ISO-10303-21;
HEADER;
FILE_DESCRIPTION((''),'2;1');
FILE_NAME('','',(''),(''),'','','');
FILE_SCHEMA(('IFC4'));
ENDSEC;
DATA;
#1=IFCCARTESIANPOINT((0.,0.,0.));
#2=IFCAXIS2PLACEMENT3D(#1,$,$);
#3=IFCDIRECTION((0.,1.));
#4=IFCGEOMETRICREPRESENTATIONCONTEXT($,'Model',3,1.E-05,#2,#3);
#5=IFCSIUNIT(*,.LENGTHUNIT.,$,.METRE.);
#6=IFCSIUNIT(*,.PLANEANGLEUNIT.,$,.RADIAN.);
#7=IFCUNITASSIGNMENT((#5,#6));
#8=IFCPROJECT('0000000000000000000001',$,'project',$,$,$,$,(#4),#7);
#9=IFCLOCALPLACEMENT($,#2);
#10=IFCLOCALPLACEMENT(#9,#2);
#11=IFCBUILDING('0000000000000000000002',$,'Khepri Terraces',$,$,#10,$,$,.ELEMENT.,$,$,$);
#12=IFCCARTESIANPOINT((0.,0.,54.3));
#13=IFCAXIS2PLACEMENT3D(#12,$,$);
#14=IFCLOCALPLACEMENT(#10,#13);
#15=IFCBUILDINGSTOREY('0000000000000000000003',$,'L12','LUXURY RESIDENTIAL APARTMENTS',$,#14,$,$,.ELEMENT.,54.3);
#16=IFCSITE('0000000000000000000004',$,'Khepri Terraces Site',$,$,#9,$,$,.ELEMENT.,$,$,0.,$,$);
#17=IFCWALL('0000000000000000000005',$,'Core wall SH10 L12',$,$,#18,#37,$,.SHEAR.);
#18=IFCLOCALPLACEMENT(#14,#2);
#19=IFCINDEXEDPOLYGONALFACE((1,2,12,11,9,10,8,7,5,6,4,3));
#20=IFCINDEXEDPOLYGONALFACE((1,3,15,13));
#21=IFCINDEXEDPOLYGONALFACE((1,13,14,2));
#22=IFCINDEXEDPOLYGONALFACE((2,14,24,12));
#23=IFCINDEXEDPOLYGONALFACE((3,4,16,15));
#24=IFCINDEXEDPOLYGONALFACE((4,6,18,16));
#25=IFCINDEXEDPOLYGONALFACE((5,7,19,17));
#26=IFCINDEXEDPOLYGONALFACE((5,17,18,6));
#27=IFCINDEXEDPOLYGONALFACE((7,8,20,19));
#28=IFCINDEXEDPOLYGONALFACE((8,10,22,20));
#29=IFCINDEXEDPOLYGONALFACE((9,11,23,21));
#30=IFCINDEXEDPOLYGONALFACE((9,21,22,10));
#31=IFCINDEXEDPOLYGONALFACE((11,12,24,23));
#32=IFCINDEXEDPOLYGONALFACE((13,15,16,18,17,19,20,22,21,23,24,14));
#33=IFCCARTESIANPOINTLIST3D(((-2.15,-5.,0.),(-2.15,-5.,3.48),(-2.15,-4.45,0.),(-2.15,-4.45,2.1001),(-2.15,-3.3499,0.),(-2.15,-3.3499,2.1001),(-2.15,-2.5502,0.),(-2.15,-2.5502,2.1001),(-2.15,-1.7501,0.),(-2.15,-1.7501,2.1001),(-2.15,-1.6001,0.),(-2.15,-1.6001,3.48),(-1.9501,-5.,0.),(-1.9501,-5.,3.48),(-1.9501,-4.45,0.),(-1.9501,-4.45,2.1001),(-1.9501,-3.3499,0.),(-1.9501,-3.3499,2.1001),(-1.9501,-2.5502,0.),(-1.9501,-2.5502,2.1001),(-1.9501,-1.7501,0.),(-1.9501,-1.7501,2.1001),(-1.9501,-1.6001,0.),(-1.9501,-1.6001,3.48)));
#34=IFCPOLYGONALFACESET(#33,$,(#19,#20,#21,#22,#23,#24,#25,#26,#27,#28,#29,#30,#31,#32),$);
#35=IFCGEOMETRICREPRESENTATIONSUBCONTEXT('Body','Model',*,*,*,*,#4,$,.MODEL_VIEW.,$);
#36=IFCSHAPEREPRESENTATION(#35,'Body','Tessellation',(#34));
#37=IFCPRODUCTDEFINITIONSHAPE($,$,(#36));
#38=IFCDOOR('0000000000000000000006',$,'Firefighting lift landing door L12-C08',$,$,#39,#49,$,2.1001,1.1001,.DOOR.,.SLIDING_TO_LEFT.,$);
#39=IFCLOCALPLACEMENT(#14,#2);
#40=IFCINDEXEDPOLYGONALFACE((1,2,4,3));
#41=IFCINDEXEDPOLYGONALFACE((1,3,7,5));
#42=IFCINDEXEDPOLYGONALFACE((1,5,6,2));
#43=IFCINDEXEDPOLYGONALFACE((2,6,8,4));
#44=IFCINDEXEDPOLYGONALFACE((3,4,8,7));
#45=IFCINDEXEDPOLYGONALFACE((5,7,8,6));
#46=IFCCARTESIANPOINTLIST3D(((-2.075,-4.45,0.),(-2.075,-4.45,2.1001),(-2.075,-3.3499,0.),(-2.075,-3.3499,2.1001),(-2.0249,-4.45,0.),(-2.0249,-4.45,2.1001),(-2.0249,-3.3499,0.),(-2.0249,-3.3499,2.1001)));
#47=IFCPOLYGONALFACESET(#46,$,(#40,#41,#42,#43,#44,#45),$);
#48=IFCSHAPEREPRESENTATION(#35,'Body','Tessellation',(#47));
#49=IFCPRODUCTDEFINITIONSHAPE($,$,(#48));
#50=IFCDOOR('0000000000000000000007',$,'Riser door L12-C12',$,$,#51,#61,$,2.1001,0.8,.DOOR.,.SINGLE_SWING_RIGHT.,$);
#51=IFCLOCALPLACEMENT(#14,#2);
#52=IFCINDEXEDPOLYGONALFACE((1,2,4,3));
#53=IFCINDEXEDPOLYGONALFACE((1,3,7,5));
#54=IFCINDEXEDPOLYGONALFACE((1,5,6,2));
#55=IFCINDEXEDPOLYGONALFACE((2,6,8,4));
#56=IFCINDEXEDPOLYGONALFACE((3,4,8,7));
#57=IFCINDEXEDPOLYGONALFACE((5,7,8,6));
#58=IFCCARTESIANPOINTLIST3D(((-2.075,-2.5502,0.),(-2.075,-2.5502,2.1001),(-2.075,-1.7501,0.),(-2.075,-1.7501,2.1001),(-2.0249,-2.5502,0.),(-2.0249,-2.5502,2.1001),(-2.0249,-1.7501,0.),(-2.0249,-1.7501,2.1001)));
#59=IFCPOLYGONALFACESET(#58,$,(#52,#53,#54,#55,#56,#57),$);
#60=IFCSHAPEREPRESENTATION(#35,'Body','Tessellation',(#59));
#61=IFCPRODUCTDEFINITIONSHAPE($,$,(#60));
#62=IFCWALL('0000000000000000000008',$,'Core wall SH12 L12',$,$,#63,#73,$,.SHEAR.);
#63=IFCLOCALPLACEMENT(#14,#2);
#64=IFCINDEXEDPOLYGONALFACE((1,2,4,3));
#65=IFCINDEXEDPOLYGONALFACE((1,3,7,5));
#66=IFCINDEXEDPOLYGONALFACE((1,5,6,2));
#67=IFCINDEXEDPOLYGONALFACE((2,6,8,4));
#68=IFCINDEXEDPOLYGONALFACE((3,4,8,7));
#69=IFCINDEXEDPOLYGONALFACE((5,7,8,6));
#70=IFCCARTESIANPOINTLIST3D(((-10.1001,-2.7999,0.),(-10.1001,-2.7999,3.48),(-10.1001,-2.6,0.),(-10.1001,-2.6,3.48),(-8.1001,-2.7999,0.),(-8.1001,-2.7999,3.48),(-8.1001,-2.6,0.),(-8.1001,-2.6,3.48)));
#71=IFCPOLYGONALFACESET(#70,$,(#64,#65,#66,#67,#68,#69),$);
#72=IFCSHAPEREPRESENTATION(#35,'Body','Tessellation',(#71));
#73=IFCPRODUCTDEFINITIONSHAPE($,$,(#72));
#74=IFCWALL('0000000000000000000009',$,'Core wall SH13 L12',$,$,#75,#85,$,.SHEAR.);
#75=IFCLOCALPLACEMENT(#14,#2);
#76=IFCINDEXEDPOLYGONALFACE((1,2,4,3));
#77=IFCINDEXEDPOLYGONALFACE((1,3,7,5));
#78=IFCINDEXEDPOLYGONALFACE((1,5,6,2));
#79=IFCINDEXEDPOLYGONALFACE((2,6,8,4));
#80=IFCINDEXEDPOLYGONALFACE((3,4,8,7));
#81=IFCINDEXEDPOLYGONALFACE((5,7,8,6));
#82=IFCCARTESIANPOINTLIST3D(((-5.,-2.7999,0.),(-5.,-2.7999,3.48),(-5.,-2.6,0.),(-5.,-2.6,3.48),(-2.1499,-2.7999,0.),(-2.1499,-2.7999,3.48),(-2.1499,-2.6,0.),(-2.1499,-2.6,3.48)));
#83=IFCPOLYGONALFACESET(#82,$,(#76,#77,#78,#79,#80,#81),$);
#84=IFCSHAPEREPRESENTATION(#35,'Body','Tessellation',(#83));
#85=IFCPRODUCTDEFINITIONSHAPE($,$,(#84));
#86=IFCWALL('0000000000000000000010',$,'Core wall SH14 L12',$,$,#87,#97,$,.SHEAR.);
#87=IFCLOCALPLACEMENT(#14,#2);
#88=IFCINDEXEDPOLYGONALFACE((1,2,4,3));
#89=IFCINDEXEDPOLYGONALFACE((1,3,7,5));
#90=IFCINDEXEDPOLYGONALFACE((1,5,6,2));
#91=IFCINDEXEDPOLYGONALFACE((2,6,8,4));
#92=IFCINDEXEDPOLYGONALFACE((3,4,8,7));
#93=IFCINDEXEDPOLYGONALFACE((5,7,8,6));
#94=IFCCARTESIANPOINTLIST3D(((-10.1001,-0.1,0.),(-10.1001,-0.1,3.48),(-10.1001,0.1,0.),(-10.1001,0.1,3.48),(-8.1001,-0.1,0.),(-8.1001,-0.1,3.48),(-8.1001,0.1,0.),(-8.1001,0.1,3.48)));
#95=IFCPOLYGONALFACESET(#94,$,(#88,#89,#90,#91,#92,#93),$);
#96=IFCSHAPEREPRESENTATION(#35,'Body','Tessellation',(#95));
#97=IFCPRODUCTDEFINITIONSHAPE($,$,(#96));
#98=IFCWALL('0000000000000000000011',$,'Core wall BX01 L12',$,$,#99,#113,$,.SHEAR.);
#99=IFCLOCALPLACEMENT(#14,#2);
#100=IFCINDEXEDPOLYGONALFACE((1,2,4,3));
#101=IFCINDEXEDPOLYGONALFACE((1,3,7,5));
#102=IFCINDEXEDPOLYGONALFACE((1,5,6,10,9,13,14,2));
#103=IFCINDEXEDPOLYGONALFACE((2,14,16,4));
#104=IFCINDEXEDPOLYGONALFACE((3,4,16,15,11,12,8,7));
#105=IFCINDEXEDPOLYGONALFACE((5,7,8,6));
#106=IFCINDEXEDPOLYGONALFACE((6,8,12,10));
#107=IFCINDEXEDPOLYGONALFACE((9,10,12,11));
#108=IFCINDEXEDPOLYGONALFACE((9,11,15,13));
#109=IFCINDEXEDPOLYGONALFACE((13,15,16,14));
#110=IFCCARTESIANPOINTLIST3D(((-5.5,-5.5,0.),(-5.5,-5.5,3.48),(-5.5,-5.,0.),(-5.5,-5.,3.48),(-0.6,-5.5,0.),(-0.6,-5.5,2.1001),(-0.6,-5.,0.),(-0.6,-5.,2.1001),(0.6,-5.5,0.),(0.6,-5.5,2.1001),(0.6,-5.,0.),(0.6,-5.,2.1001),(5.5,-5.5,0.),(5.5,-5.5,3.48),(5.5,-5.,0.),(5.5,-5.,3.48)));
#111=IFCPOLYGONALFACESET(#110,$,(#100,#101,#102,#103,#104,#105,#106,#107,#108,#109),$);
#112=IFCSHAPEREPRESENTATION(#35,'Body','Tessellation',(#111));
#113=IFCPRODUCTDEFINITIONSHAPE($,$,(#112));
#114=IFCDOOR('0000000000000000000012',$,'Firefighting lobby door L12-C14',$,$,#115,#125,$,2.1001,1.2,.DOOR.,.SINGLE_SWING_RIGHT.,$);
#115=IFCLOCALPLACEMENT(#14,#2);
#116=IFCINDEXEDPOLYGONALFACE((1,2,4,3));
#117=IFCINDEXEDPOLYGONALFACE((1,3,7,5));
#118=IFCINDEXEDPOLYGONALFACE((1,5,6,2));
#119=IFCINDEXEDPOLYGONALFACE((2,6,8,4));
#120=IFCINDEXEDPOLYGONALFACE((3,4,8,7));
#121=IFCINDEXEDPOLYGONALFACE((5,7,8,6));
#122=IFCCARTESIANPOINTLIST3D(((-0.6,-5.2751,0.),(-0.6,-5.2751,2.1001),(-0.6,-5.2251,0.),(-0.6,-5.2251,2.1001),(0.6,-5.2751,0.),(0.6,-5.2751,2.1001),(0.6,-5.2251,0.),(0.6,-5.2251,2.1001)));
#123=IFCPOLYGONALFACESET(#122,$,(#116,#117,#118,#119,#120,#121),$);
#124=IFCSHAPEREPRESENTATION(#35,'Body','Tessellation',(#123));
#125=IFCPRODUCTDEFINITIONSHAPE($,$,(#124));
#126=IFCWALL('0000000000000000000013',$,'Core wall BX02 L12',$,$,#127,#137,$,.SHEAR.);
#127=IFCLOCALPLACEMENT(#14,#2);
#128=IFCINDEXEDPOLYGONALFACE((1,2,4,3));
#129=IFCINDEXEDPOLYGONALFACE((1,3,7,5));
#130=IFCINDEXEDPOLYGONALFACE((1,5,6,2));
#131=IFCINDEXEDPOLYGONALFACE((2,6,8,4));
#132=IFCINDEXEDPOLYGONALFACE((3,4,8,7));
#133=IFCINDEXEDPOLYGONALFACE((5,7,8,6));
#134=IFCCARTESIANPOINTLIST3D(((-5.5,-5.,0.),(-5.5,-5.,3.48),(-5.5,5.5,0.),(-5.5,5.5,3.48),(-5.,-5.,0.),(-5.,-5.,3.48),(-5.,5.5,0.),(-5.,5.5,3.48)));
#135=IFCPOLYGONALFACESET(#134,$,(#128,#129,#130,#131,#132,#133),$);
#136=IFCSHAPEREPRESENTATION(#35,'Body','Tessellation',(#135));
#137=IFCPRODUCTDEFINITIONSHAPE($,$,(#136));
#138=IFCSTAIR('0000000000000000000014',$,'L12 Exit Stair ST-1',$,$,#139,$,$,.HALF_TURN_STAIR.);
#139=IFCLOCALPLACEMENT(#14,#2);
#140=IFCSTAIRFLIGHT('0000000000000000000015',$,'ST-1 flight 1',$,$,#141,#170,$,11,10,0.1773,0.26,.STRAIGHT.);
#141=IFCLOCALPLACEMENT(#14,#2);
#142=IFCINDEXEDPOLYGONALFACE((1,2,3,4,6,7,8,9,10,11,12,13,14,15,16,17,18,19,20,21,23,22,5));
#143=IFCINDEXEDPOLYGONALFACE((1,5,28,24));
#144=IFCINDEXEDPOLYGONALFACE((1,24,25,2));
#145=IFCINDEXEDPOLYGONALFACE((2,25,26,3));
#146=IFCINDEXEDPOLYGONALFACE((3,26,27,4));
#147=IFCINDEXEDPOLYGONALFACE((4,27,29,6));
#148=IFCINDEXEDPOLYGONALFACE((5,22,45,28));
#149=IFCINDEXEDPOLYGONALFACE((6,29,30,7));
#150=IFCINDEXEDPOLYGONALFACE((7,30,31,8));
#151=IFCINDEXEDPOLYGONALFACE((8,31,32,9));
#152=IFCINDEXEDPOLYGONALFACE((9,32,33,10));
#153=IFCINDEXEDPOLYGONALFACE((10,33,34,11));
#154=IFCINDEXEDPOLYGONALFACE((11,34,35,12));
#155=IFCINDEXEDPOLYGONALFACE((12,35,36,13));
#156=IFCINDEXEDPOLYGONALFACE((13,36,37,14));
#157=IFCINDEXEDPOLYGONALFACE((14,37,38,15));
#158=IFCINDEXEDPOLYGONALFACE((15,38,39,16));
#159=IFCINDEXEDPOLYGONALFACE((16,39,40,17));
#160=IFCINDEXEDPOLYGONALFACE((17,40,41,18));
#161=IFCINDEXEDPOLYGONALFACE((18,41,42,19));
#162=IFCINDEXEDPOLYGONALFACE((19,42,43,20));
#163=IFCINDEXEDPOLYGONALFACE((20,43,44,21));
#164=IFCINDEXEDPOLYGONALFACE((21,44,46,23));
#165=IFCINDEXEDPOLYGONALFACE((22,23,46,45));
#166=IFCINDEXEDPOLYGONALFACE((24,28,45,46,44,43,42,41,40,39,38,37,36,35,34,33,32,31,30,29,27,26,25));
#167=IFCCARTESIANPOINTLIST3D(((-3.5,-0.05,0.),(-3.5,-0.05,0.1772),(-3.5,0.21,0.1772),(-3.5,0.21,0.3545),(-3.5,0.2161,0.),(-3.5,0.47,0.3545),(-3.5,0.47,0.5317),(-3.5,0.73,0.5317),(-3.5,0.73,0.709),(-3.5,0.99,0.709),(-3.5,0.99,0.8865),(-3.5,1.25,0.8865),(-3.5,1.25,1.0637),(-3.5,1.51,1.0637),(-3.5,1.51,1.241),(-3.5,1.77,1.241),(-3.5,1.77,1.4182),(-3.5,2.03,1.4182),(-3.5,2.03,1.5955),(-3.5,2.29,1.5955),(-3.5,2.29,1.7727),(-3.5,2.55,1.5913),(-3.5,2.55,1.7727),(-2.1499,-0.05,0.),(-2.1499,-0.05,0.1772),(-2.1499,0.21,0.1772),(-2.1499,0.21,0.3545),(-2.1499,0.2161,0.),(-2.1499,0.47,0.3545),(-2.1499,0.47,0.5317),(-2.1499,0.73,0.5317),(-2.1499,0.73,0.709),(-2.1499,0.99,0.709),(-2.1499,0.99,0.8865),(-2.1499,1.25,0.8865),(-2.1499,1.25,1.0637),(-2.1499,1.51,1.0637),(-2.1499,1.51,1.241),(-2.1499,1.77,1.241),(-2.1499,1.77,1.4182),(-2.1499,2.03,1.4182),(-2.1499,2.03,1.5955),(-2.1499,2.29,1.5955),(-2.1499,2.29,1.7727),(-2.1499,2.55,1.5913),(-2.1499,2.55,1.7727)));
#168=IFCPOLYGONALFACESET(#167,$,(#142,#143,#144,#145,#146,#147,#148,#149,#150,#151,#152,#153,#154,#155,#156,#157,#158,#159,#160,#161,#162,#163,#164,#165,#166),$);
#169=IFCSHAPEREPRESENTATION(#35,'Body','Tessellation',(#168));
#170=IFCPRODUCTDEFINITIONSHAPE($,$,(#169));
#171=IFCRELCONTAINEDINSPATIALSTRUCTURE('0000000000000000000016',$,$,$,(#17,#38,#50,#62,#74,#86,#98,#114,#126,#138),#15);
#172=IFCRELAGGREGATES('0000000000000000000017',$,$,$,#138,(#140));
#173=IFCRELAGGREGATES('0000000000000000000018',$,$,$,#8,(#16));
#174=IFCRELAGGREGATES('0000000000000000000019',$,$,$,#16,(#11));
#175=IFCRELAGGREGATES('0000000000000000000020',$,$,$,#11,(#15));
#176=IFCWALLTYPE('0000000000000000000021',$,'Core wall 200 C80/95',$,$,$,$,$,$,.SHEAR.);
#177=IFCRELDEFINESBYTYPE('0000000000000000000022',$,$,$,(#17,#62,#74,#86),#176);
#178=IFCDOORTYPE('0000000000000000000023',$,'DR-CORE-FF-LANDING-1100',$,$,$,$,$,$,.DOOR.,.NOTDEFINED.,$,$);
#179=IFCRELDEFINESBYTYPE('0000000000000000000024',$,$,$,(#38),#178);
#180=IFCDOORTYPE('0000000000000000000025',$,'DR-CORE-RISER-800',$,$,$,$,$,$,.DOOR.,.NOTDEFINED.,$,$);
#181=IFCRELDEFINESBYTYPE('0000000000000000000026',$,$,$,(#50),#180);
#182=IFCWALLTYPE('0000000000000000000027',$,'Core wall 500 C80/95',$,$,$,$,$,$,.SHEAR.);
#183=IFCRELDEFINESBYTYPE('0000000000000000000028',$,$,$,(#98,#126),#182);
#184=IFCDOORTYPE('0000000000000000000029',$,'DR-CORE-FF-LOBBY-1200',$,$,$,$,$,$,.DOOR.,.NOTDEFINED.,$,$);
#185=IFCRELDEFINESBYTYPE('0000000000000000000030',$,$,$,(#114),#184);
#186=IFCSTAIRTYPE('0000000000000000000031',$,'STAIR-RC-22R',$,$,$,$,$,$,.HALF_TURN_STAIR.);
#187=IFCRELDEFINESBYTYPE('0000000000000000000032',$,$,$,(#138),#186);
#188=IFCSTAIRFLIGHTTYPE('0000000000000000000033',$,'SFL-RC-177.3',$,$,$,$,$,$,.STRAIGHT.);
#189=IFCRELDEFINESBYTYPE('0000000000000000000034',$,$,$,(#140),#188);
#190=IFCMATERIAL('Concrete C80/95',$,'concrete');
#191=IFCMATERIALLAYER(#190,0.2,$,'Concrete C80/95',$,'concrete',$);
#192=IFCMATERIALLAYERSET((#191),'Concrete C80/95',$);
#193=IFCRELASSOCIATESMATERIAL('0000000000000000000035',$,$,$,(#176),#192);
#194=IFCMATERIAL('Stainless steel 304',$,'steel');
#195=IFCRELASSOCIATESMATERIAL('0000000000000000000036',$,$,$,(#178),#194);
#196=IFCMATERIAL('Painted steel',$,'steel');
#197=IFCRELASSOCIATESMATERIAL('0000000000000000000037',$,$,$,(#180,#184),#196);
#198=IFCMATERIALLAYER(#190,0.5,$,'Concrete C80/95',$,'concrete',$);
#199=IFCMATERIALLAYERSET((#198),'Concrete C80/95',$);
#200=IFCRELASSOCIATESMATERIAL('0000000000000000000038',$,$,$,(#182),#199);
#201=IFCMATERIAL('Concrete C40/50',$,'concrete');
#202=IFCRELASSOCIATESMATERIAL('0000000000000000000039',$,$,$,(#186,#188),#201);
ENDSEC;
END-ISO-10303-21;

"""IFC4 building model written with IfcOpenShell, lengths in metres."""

from ifc_helpers import new_model, si_unit, direction, frame, frame_2d, origin, place, context, subcontext, project, spatial, polyline, rectangle, outline, extrude, material, layer, layer_set, type_object, element, fill, aggregate, save


model = new_model("IFC4")

# Units and contexts
model_context = context("Model", 3, precision=1e-05, world=origin(), true_north=direction((0.0, 1.0)))
body_context = subcontext(model_context, "Body", "Model", "MODEL_VIEW")
ifc_project = project(units=[si_unit("LENGTHUNIT", "METRE"), si_unit("PLANEANGLEUNIT", "RADIAN")], contexts=[model_context])

# Site, building, storey
site_placement = place(None, origin())
site = spatial("IfcSite", under=ifc_project, at=site_placement, Name="Khepri Terraces Site", CompositionType="ELEMENT", RefElevation=0.0)
building_placement = place(site_placement, origin())
building = spatial("IfcBuilding", under=site, at=building_placement, Name="Khepri Terraces", CompositionType="ELEMENT")
storey_placement = place(building_placement, frame((0.0, 0.0, 54.3)))
storey = spatial("IfcBuildingStorey", under=building, at=storey_placement, Name="L12", Description="LUXURY RESIDENTIAL APARTMENTS", CompositionType="ELEMENT", Elevation=54.3)

# Shared definitions
ifc_material_1 = material(Name="Concrete C40/50", Category="concrete")

# Shared definitions
ifc_material_2 = material(Name="Concrete C80/95", Category="concrete")
ifc_layer_1 = layer(ifc_material_2, 0.2, Name="Concrete C80/95", Category="concrete")
ifc_layer_set_1 = layer_set([ifc_layer_1], Name="Concrete C80/95")
wall_type_1 = type_object("IfcWallType", Name="Core wall 200 C80/95", PredefinedType="SHEAR", material=ifc_layer_set_1)

# Shared definitions
ifc_material_3 = material(Name="Painted steel", Category="steel")

# Shared definitions
ifc_material_4 = material(Name="Stainless steel 304", Category="steel")

# Wall, openings, doors
wall_1_placement = place(storey_placement, frame((-2.05, -5.0, 0.0), z_axis=(0.0, 0.0, 1.0), x_axis=(0.0, 1.0, 0.0)))
wall_1 = element("IfcWall", 1, at=wall_1_placement, inside=storey, type_object=wall_type_1, Name="Core wall SH10 L12", PredefinedType="SHEAR", context=body_context, shape_type="SweptSolid", body=[
    extrude(rectangle(XDim=3.3999, YDim=0.2, at=frame_2d((1.7, 0.0))), origin(), (0.0, 0.0, 1.0), 3.48),
])
opening_1_placement = place(wall_1_placement, frame((0.55, 0.0, 0.0)))
opening_1 = element("IfcOpeningElement", 2, at=opening_1_placement, cuts=wall_1, PredefinedType="OPENING", context=body_context, shape_type="SweptSolid", body=[
    extrude(rectangle(XDim=1.1001, YDim=2.1001, at=frame_2d((0.55, 1.05))), frame((0.0, 0.1099, 0.0), z_axis=(0.0, -1.0, 0.0), x_axis=(1.0, 0.0, 0.0)), (0.0, 0.0, 1.0), 0.22),
])
opening_2_placement = place(wall_1_placement, frame((2.45, 0.0, 0.0)))
opening_2 = element("IfcOpeningElement", 3, at=opening_2_placement, cuts=wall_1, PredefinedType="OPENING", context=body_context, shape_type="SweptSolid", body=[
    extrude(rectangle(XDim=0.8, YDim=2.1001, at=frame_2d((0.3999, 1.05))), frame((0.0, 0.1099, 0.0), z_axis=(0.0, -1.0, 0.0), x_axis=(1.0, 0.0, 0.0)), (0.0, 0.0, 1.0), 0.22),
])
door_type_1 = type_object("IfcDoorType", Name="DR-CORE-FF-LANDING-1100", OperationType="NOTDEFINED", PredefinedType="DOOR", material=ifc_material_4)
door_1_placement = place(opening_1_placement, origin())
door_1 = element("IfcDoor", 4, at=door_1_placement, inside=storey, type_object=door_type_1, Name="Firefighting lift landing door L12-C08", OperationType="SLIDING_TO_LEFT", OverallHeight=2.1001, OverallWidth=1.1001, PredefinedType="DOOR", context=body_context, shape_type="SweptSolid", body=[
    extrude(rectangle(XDim=1.1001, YDim=2.1001, at=frame_2d((0.55, 1.05))), frame((0.0, 0.0249, 0.0), z_axis=(0.0, -1.0, 0.0), x_axis=(1.0, 0.0, 0.0)), (0.0, 0.0, 1.0), 0.05),
])
fill(opening_1, door_1)
door_type_2 = type_object("IfcDoorType", Name="DR-CORE-RISER-800", OperationType="NOTDEFINED", PredefinedType="DOOR", material=ifc_material_3)
door_2_placement = place(opening_2_placement, origin())
door_2 = element("IfcDoor", 5, at=door_2_placement, inside=storey, type_object=door_type_2, Name="Riser door L12-C12", OperationType="SINGLE_SWING_RIGHT", OverallHeight=2.1001, OverallWidth=0.8, PredefinedType="DOOR", context=body_context, shape_type="SweptSolid", body=[
    extrude(rectangle(XDim=0.8, YDim=2.1001, at=frame_2d((0.3999, 1.05))), frame((0.0, 0.0249, 0.0), z_axis=(0.0, -1.0, 0.0), x_axis=(1.0, 0.0, 0.0)), (0.0, 0.0, 1.0), 0.05),
])
fill(opening_2, door_2)

# Walls
wall_2_placement = place(storey_placement, frame((-10.1001, -2.7, 0.0), z_axis=(0.0, 0.0, 1.0), x_axis=(1.0, 0.0, 0.0)))
element("IfcWall", 6, at=wall_2_placement, inside=storey, type_object=wall_type_1, Name="Core wall SH12 L12", PredefinedType="SHEAR", context=body_context, shape_type="SweptSolid", body=[
    extrude(rectangle(XDim=2.0, YDim=0.2, at=frame_2d((1.0, 0.0))), origin(), (0.0, 0.0, 1.0), 3.48),
])
wall_3_placement = place(storey_placement, frame((-5.0, -2.7, 0.0), z_axis=(0.0, 0.0, 1.0), x_axis=(1.0, 0.0, 0.0)))
element("IfcWall", 7, at=wall_3_placement, inside=storey, type_object=wall_type_1, Name="Core wall SH13 L12", PredefinedType="SHEAR", context=body_context, shape_type="SweptSolid", body=[
    extrude(rectangle(XDim=2.8501, YDim=0.2, at=frame_2d((1.425, 0.0))), origin(), (0.0, 0.0, 1.0), 3.48),
])
wall_4_placement = place(storey_placement, frame((-10.1001, 0.0, 0.0), z_axis=(0.0, 0.0, 1.0), x_axis=(1.0, 0.0, 0.0)))
element("IfcWall", 8, at=wall_4_placement, inside=storey, type_object=wall_type_1, Name="Core wall SH14 L12", PredefinedType="SHEAR", context=body_context, shape_type="SweptSolid", body=[
    extrude(rectangle(XDim=2.0, YDim=0.2, at=frame_2d((1.0, 0.0))), origin(), (0.0, 0.0, 1.0), 3.48),
])

# Wall, opening, door
ifc_layer_2 = layer(ifc_material_2, 0.5, Name="Concrete C80/95", Category="concrete")
ifc_layer_set_2 = layer_set([ifc_layer_2], Name="Concrete C80/95")
wall_type_2 = type_object("IfcWallType", Name="Core wall 500 C80/95", PredefinedType="SHEAR", material=ifc_layer_set_2)
wall_5_placement = place(storey_placement, frame((-5.5, -5.25, 0.0), z_axis=(0.0, 0.0, 1.0), x_axis=(1.0, 0.0, 0.0)))
wall_5 = element("IfcWall", 9, at=wall_5_placement, inside=storey, type_object=wall_type_2, Name="Core wall BX01 L12", PredefinedType="SHEAR", context=body_context, shape_type="SweptSolid", body=[
    extrude(rectangle(XDim=11.0, YDim=0.5, at=frame_2d((5.5, 0.0))), origin(), (0.0, 0.0, 1.0), 3.48),
])
opening_3_placement = place(wall_5_placement, frame((4.8999, 0.0, 0.0)))
opening_3 = element("IfcOpeningElement", 10, at=opening_3_placement, cuts=wall_5, PredefinedType="OPENING", context=body_context, shape_type="SweptSolid", body=[
    extrude(rectangle(XDim=1.2, YDim=2.1001, at=frame_2d((0.6001, 1.05))), frame((0.0, 0.26, 0.0), z_axis=(0.0, -1.0, 0.0), x_axis=(1.0, 0.0, 0.0)), (0.0, 0.0, 1.0), 0.52),
])
door_type_3 = type_object("IfcDoorType", Name="DR-CORE-FF-LOBBY-1200", OperationType="NOTDEFINED", PredefinedType="DOOR", material=ifc_material_3)
door_3_placement = place(opening_3_placement, origin())
door_3 = element("IfcDoor", 11, at=door_3_placement, inside=storey, type_object=door_type_3, Name="Firefighting lobby door L12-C14", OperationType="SINGLE_SWING_RIGHT", OverallHeight=2.1001, OverallWidth=1.2, PredefinedType="DOOR", context=body_context, shape_type="SweptSolid", body=[
    extrude(rectangle(XDim=1.2, YDim=2.1001, at=frame_2d((0.6001, 1.05))), frame((0.0, 0.0249, 0.0), z_axis=(0.0, -1.0, 0.0), x_axis=(1.0, 0.0, 0.0)), (0.0, 0.0, 1.0), 0.05),
])
fill(opening_3, door_3)

# Wall
wall_6_placement = place(storey_placement, frame((-5.25, -5.0, 0.0), z_axis=(0.0, 0.0, 1.0), x_axis=(0.0, 1.0, 0.0)))
element("IfcWall", 12, at=wall_6_placement, inside=storey, type_object=wall_type_2, Name="Core wall BX02 L12", PredefinedType="SHEAR", context=body_context, shape_type="SweptSolid", body=[
    extrude(rectangle(XDim=10.5, YDim=0.5, at=frame_2d((5.25, 0.0))), origin(), (0.0, 0.0, 1.0), 3.48),
])

# Stair, stair flight
stair_type = type_object("IfcStairType", Name="STAIR-RC-22R", PredefinedType="HALF_TURN_STAIR", material=ifc_material_1)
stair_placement = place(storey_placement, origin())
stair = element("IfcStair", 13, at=stair_placement, inside=storey, type_object=stair_type, Name="L12 Exit Stair ST-1", PredefinedType="HALF_TURN_STAIR")
stair_flight_type = type_object("IfcStairFlightType", Name="SFL-RC-177.3", PredefinedType="STRAIGHT", material=ifc_material_1)
stair_flight_placement = place(storey_placement, frame((-2.825, -0.05, 0.0), z_axis=(0.0, 0.0, 1.0), x_axis=(0.0, 1.0, 0.0)))
stair_flight = element("IfcStairFlight", 14, at=stair_flight_placement, type_object=stair_flight_type, Name="ST-1 flight 1", NumberOfRisers=11, NumberOfTreads=10, PredefinedType="STRAIGHT", RiserHeight=0.1773, TreadLength=0.26, context=body_context, shape_type="SweptSolid", body=[
    extrude(outline(polyline([(0.0, 0.0), (0.0, 0.1772), (0.26, 0.1772), (0.26, 0.3545), (0.52, 0.3545), (0.52, 0.5317), (0.78, 0.5317), (0.78, 0.709), (1.04, 0.709), (1.04, 0.8865), (1.3, 0.8865), (1.3, 1.0637), (1.5601, 1.0637), (1.5601, 1.241), (1.8201, 1.241), (1.8201, 1.4182), (2.0801, 1.4182), (2.0801, 1.5955), (2.3401, 1.5955), (2.3401, 1.7727), (2.6001, 1.7727), (2.6001, 1.95), (2.6001, 1.5913), (0.2661, 0.0), (0.0, 0.0)])), frame((0.0, 0.675, 0.0), z_axis=(0.0, -1.0, 0.0), x_axis=(1.0, 0.0, 0.0)), (0.0, 0.0, 1.0), 1.3501),
])
aggregate(stair, [stair_flight])

save(model, "model.ifc")
